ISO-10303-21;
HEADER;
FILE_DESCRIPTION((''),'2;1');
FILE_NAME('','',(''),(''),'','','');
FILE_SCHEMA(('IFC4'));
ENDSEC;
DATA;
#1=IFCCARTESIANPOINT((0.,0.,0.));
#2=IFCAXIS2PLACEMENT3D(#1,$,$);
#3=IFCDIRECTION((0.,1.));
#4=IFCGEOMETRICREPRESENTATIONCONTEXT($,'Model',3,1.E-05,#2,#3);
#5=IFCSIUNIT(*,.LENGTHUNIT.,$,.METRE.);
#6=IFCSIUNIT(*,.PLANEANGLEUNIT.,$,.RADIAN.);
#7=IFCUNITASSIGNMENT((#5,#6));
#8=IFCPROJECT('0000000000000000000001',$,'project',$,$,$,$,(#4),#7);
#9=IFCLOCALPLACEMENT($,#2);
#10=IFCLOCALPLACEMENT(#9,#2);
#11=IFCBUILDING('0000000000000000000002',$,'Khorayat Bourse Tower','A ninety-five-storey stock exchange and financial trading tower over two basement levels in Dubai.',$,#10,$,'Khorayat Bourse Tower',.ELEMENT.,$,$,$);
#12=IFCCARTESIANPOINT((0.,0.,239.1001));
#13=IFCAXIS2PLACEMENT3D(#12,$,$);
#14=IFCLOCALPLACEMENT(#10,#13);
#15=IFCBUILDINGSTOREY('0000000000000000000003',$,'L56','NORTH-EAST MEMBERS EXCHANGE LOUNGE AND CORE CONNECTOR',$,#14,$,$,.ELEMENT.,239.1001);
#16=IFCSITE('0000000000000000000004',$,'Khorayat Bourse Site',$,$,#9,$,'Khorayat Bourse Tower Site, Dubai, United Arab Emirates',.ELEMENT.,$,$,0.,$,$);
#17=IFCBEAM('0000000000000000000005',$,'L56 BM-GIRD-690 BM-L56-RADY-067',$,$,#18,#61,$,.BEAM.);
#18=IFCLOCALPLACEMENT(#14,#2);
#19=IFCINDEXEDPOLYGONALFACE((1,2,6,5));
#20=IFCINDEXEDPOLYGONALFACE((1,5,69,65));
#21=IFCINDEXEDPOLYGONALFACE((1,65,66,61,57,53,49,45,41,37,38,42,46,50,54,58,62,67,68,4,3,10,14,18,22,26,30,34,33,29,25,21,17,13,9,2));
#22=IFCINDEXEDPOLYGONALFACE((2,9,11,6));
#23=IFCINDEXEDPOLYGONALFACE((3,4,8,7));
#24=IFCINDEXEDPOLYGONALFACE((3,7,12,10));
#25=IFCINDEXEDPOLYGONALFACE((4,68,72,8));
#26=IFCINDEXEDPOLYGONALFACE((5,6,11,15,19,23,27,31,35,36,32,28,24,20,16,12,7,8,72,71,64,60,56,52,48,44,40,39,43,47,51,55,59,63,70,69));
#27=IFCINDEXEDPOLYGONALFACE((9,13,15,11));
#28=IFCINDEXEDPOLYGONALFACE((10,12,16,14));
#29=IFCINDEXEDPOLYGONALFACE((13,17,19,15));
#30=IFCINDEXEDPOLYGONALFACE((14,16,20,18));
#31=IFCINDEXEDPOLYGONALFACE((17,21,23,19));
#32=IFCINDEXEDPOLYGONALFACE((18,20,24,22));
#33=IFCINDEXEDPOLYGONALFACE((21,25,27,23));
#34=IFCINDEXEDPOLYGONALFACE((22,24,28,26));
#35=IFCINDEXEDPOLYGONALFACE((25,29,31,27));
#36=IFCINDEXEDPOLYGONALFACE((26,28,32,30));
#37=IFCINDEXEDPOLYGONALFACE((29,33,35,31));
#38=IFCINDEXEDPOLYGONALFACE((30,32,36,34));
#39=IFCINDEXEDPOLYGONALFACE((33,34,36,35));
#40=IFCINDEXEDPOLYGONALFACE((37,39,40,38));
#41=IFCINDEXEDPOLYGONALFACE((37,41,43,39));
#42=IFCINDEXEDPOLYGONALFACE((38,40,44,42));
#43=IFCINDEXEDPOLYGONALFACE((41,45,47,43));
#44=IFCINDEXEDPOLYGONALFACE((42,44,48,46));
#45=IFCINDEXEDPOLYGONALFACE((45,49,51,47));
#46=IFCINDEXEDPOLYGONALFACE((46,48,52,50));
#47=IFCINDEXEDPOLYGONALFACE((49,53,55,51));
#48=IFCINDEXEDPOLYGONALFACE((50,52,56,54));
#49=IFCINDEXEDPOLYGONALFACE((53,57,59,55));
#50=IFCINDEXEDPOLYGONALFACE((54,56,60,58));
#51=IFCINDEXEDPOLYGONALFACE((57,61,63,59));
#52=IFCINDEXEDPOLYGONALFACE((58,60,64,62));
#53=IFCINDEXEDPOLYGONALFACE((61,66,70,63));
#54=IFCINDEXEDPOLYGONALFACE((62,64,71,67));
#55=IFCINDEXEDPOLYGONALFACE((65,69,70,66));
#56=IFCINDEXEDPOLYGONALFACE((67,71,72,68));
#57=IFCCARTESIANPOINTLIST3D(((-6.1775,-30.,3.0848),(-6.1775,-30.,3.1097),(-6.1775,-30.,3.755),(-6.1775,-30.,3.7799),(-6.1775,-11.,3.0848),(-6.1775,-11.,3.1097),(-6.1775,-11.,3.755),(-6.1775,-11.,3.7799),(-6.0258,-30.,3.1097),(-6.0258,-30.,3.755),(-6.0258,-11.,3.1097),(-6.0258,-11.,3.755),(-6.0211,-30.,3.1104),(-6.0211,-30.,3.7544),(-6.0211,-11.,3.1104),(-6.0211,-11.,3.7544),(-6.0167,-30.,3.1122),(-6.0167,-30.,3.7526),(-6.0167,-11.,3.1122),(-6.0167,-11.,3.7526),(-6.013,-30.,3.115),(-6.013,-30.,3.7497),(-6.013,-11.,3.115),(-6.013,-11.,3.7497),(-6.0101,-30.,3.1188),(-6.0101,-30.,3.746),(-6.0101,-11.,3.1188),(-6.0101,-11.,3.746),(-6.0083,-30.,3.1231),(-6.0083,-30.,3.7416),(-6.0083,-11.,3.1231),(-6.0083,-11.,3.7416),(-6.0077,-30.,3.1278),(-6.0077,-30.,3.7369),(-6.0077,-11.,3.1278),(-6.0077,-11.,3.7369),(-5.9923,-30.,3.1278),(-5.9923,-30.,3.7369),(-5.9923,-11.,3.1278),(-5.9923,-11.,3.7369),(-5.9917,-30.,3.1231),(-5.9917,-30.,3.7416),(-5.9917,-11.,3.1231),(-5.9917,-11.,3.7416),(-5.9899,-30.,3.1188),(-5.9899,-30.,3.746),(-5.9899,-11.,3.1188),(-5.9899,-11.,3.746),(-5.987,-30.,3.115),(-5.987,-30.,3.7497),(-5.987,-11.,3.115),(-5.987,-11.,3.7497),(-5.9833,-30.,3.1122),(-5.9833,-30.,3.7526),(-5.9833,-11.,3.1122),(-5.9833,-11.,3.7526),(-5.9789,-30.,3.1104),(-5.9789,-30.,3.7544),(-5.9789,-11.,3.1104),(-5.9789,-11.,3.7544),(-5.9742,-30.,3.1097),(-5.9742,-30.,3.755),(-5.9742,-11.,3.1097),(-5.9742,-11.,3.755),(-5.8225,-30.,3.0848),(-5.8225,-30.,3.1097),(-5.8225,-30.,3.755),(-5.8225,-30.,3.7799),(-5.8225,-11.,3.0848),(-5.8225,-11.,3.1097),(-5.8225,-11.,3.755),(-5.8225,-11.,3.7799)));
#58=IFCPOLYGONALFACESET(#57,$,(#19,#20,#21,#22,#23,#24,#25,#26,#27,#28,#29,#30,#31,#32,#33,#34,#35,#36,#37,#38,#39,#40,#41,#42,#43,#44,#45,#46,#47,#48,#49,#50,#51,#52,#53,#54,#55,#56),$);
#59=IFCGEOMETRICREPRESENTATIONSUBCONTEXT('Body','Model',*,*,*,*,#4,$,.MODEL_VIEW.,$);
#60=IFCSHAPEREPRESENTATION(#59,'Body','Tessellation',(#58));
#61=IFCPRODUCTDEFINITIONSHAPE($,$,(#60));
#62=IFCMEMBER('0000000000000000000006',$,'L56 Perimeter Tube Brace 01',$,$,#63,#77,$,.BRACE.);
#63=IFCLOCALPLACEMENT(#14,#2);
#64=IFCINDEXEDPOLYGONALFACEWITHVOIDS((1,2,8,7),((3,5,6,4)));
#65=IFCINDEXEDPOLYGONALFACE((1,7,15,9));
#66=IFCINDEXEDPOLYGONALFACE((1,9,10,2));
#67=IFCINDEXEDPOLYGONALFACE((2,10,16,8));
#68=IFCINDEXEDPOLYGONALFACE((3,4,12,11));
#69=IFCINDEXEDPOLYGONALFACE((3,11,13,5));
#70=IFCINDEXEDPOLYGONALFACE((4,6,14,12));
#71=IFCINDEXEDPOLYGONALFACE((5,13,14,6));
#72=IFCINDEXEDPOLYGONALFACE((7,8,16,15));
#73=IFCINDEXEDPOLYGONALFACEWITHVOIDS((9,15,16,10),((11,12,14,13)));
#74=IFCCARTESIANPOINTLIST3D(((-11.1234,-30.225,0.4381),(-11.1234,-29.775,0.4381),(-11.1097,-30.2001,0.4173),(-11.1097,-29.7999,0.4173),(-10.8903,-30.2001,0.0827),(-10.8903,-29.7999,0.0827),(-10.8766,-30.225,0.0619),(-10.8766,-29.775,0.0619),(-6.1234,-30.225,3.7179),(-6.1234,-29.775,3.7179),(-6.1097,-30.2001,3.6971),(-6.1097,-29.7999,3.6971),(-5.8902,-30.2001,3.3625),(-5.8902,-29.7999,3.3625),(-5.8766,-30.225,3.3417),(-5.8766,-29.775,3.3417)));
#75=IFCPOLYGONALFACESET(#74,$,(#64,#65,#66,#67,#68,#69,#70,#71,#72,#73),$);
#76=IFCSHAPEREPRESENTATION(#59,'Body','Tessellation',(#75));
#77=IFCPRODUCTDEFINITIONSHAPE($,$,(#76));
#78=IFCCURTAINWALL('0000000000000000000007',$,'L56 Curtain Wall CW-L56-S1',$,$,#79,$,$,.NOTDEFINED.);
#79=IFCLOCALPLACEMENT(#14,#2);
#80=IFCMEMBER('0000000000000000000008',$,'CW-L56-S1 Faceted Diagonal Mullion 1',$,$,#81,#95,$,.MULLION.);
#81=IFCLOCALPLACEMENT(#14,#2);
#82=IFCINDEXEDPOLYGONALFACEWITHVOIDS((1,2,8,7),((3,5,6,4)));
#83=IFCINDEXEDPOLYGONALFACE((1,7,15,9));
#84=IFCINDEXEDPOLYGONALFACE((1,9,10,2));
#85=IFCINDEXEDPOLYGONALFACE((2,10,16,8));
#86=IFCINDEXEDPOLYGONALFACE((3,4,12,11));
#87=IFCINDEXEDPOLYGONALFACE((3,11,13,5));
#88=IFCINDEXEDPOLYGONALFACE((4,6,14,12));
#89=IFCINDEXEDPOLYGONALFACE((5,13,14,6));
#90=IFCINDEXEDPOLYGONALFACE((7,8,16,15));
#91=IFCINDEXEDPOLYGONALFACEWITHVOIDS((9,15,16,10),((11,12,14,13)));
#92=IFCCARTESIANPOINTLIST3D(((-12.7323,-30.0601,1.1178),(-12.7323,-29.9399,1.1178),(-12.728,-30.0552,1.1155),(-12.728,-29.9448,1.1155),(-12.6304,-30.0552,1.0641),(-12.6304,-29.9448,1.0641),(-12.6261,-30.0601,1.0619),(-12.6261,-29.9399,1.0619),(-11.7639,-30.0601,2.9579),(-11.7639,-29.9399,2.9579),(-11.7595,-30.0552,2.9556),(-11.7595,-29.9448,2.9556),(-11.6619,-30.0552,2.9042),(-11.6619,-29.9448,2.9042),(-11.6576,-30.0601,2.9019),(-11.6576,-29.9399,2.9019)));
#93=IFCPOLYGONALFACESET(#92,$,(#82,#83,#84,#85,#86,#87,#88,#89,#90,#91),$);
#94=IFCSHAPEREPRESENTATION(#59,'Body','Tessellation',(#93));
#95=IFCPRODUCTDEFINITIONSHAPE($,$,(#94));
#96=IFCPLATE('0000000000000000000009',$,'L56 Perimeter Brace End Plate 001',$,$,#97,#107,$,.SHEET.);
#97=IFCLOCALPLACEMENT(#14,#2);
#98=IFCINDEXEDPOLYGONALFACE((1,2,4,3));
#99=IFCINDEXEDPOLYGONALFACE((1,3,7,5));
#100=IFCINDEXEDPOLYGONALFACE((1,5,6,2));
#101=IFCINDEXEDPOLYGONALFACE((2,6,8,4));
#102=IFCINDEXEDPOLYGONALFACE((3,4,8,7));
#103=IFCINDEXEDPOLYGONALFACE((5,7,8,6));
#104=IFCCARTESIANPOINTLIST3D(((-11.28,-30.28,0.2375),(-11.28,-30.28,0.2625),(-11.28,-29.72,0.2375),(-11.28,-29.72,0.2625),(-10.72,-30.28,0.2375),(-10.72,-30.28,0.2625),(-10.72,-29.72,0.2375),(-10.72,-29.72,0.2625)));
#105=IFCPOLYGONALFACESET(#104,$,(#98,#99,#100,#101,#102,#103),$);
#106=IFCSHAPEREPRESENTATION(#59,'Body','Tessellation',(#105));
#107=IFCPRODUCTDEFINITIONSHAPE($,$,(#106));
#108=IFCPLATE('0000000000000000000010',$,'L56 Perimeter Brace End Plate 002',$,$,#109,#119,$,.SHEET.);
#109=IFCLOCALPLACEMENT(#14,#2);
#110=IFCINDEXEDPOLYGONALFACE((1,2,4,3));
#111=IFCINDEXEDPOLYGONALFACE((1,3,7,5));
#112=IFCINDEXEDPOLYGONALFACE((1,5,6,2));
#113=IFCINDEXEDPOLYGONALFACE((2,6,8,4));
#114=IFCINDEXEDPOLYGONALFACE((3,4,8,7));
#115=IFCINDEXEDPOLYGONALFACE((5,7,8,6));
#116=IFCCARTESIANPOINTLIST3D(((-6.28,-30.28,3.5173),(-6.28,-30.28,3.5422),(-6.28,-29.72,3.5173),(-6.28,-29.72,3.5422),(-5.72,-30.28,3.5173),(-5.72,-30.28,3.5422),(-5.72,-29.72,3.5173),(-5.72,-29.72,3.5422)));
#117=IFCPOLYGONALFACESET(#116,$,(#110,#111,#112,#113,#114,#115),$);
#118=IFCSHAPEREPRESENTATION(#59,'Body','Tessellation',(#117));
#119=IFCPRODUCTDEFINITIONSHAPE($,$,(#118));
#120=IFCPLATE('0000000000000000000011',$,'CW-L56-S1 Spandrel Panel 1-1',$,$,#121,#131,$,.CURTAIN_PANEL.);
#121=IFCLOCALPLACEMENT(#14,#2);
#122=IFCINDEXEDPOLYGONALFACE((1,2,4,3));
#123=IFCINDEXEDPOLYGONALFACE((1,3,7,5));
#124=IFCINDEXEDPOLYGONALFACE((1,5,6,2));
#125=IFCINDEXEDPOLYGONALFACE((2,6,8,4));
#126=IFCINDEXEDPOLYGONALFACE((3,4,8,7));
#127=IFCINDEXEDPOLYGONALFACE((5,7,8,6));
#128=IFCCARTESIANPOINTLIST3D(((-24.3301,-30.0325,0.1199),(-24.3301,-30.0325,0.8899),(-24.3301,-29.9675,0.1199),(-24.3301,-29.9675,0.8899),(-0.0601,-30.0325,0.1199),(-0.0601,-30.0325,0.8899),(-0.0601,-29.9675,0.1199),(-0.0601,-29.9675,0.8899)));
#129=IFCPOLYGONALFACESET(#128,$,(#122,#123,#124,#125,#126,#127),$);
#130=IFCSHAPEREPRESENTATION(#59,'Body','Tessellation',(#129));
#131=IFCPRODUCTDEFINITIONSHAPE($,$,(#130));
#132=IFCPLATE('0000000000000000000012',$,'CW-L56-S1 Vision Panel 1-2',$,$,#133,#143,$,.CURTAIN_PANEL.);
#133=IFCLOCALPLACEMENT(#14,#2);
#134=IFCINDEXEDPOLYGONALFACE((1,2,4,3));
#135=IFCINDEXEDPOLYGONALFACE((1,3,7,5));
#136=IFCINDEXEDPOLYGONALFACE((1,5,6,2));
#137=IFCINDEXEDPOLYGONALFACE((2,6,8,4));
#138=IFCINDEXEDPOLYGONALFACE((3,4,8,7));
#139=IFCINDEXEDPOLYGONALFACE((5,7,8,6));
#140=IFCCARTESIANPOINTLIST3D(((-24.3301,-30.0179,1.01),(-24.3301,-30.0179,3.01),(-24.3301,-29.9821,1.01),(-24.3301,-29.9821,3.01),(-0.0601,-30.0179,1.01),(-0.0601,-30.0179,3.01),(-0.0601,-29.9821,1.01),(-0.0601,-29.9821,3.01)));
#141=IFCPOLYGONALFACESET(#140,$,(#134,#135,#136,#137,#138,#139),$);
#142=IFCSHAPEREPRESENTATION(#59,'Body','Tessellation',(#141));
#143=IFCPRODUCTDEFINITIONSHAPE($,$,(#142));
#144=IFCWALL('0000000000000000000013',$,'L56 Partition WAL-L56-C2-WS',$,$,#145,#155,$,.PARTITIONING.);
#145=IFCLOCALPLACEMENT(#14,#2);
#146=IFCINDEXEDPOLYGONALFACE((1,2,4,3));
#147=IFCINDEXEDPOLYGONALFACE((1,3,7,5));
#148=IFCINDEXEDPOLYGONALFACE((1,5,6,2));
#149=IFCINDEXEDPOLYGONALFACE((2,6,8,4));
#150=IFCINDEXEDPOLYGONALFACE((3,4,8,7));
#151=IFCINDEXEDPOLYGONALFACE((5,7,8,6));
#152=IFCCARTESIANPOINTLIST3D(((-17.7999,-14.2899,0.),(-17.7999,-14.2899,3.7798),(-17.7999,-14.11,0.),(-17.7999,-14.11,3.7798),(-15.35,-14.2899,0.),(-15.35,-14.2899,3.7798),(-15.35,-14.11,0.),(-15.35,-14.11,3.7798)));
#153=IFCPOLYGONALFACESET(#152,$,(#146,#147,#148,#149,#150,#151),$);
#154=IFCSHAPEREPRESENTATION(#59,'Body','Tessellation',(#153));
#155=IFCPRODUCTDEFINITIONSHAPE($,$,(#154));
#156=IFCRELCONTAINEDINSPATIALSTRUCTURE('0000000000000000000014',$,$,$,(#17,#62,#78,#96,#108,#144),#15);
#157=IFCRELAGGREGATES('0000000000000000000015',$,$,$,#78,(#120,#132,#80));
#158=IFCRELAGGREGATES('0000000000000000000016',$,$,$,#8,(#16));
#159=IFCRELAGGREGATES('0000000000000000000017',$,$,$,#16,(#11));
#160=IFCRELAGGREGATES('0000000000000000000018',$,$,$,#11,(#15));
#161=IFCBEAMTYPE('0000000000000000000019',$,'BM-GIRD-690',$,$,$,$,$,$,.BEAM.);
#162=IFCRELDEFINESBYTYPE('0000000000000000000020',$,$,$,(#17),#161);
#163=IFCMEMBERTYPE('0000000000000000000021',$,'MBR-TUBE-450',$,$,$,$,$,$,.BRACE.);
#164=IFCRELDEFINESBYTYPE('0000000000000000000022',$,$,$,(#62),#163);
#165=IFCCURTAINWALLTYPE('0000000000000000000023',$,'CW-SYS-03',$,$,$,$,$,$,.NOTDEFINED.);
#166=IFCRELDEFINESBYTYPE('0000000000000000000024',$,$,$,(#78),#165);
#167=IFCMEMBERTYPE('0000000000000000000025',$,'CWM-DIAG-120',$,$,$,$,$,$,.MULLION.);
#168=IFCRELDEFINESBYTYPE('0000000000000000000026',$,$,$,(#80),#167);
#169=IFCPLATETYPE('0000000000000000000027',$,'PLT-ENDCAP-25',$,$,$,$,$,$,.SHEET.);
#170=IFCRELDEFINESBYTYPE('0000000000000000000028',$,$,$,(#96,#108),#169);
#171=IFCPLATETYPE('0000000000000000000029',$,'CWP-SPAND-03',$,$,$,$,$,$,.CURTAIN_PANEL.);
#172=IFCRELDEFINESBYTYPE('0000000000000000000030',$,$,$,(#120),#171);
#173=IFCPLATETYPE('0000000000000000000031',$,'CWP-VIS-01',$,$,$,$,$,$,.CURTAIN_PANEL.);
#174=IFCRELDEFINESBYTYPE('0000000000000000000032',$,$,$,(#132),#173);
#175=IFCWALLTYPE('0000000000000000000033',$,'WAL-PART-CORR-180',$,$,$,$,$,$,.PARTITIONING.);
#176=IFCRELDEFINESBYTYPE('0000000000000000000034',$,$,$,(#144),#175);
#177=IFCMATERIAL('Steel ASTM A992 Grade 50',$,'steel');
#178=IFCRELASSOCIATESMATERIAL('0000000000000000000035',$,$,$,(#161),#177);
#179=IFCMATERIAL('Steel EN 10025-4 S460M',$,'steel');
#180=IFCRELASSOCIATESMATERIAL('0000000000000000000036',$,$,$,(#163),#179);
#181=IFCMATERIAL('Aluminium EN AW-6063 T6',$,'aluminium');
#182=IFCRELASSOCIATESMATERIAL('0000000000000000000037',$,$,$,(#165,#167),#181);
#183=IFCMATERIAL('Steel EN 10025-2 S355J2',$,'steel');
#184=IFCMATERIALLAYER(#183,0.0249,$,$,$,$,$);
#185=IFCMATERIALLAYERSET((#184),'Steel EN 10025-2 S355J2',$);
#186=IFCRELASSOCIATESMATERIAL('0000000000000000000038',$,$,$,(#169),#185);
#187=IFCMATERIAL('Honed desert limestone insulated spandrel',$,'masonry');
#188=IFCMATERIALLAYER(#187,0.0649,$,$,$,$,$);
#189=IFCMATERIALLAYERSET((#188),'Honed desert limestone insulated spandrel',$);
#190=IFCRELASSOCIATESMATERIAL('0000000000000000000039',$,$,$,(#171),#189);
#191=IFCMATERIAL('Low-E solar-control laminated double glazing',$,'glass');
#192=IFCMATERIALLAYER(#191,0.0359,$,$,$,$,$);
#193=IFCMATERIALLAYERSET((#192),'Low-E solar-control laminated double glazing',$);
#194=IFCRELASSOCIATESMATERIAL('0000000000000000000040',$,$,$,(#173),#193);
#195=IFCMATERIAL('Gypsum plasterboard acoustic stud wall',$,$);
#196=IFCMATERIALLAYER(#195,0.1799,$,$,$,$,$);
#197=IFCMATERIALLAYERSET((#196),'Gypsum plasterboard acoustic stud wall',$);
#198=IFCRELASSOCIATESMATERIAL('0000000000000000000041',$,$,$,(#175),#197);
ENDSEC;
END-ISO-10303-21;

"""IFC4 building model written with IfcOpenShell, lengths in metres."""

from ifc_helpers import new_model, si_unit, direction, frame, frame_2d, origin, origin_2d, place, context, subcontext, project, spatial, rectangle, hollow_rectangle, i_section, extrude, source, transform, mapped, material, layer, layer_set, material_profile, profile_set, type_object, element, aggregate, save


model = new_model("IFC4")

# Units and contexts
model_context = context("Model", 3, precision=1e-05, world=origin(), true_north=direction((0.0, 1.0)))
body_context = subcontext(model_context, "Body", "Model", "MODEL_VIEW")
ifc_project = project(units=[si_unit("LENGTHUNIT", "METRE"), si_unit("PLANEANGLEUNIT", "RADIAN")], contexts=[model_context])

# Site, building, storey
site_placement = place(None, origin())
site = spatial("IfcSite", under=ifc_project, at=site_placement, Name="Khorayat Bourse Site", LongName="Khorayat Bourse Tower Site, Dubai, United Arab Emirates", CompositionType="ELEMENT", RefElevation=0.0)
building_placement = place(site_placement, origin())
building = spatial("IfcBuilding", under=site, at=building_placement, Name="Khorayat Bourse Tower", Description="A ninety-five-storey stock exchange and financial trading tower over two basement levels in Dubai.", LongName="Khorayat Bourse Tower", CompositionType="ELEMENT")
storey_placement = place(building_placement, frame((0.0, 0.0, 239.1001)))
storey = spatial("IfcBuildingStorey", under=building, at=storey_placement, Name="L56", Description="NORTH-EAST MEMBERS EXCHANGE LOUNGE AND CORE CONNECTOR", CompositionType="ELEMENT", Elevation=239.1001)

# Shared definitions
ifc_material_1 = material(Name="Steel EN 10025-4 S460M", Category="steel")

# Beam
ifc_material_2 = material(Name="Steel ASTM A992 Grade 50", Category="steel")
ifc_material_profile_1 = material_profile(ifc_material_2, i_section(OverallWidth=0.355, OverallDepth=0.6951, WebThickness=0.0154, FlangeThickness=0.0249, FilletRadius=0.0181, at=origin_2d()), Name="W690X217")
ifc_profile_set_1 = profile_set([ifc_material_profile_1], Name="Steel ASTM A992 Grade 50")
beam_type_1 = type_object("IfcBeamType", Name="BM-GIRD-690", PredefinedType="BEAM", material=ifc_profile_set_1)
shared_shape_1 = source(origin(), body_context, "Body", "SweptSolid", [
    extrude(i_section(OverallWidth=0.355, OverallDepth=0.6951, WebThickness=0.0154, FlangeThickness=0.0249, FilletRadius=0.0181, at=origin_2d()), origin(), (0.0, 0.0, 1.0), 19.0),
])
for number, where, z_axis, x_axis, name in (
    (1, (-6.0, -30.0, 3.4324), (0.0, 1.0, 0.0), (-1.0, 0.0, 0.0), "L56 BM-GIRD-690 BM-L56-RADY-067"),
):
    element("IfcBeam", number, at=place(storey_placement, frame(where, z_axis=z_axis, x_axis=x_axis)), inside=storey, type_object=beam_type_1, Name=name, PredefinedType="BEAM", context=body_context, shape_type="MappedRepresentation", body=[
        mapped(shared_shape_1, transform((0.0, 0.0, 0.0), scale=1.0)),
    ])

# Member
ifc_material_profile_2 = material_profile(ifc_material_1, hollow_rectangle(XDim=0.45, YDim=0.45, WallThickness=0.0249, at=origin_2d()), Name="HSS 450x450x25")
ifc_profile_set_2 = profile_set([ifc_material_profile_2], Name="Steel EN 10025-4 S460M")
member_type_1 = type_object("IfcMemberType", Name="MBR-TUBE-450", PredefinedType="BRACE", material=ifc_profile_set_2)
shared_shape_2 = source(origin(), body_context, "Body", "SweptSolid", [
    extrude(hollow_rectangle(XDim=0.45, YDim=0.45, WallThickness=0.0249, at=origin_2d()), origin(), (0.0, 0.0, 1.0), 5.9797),
])
member_1_placement = place(storey_placement, frame((-11.0, -30.0, 0.25), z_axis=(0.83616, 0.0, 0.548485), x_axis=(0.0, 1.0, 0.0)))
element("IfcMember", 2, at=member_1_placement, inside=storey, type_object=member_type_1, Name="L56 Perimeter Tube Brace 01", PredefinedType="BRACE", context=body_context, shape_type="MappedRepresentation", body=[
    mapped(shared_shape_2, transform((0.0, 0.0, 0.0), scale=1.0)),
])

# Curtain wall, member
ifc_material_3 = material(Name="Aluminium EN AW-6063 T6", Category="aluminium")
curtain_wall_type = type_object("IfcCurtainWallType", Name="CW-SYS-03", PredefinedType="NOTDEFINED", material=ifc_material_3)
curtain_wall_placement = place(storey_placement, origin())
curtain_wall = element("IfcCurtainWall", 3, at=curtain_wall_placement, inside=storey, type_object=curtain_wall_type, Name="L56 Curtain Wall CW-L56-S1", PredefinedType="NOTDEFINED")
ifc_material_profile_3 = material_profile(ifc_material_3, hollow_rectangle(XDim=0.1201, YDim=0.1201, WallThickness=0.0049, at=origin_2d()), Name="ALU 120x120x5")
ifc_profile_set_3 = profile_set([ifc_material_profile_3], Name="Aluminium EN AW-6063 T6")
member_type_2 = type_object("IfcMemberType", Name="CWM-DIAG-120", PredefinedType="MULLION", material=ifc_profile_set_3)
shared_shape_3 = source(origin(), body_context, "Body", "SweptSolid", [
    extrude(hollow_rectangle(XDim=0.1201, YDim=0.1201, WallThickness=0.0049, at=origin_2d()), origin(), (0.0, 0.0, 1.0), 2.0793),
])
member_2_placement = place(storey_placement, frame((-12.6792, -30.0, 1.0898), z_axis=(0.465761, 0.0, 0.884911), x_axis=(0.0, 1.0, 0.0)))
member_2 = element("IfcMember", 4, at=member_2_placement, type_object=member_type_2, Name="CW-L56-S1 Faceted Diagonal Mullion 1", PredefinedType="MULLION", context=body_context, shape_type="MappedRepresentation", body=[
    mapped(shared_shape_3, transform((0.0, 0.0, 0.0), scale=1.0)),
])

# Plates
ifc_material_4 = material(Name="Steel EN 10025-2 S355J2", Category="steel")
ifc_layer_1 = layer(ifc_material_4, 0.0249)
ifc_layer_set_1 = layer_set([ifc_layer_1], Name="Steel EN 10025-2 S355J2")
plate_type_1 = type_object("IfcPlateType", Name="PLT-ENDCAP-25", PredefinedType="SHEET", material=ifc_layer_set_1)
shared_shape_4 = source(origin(), body_context, "Body", "SweptSolid", [
    extrude(rectangle(XDim=0.5601, YDim=0.5601, at=origin_2d()), origin(), (0.0, 0.0, 1.0), 0.0249),
])
for number, where, z_axis, x_axis, name in (
    (5, (-11.0, -30.0, 0.2375), (0.0, 0.0, 1.0), (1.0, 0.0, 0.0), "L56 Perimeter Brace End Plate 001"),
    (6, (-6.0, -30.0, 3.5173), (0.0, 0.0, 1.0), (1.0, 0.0, 0.0), "L56 Perimeter Brace End Plate 002"),
):
    element("IfcPlate", number, at=place(storey_placement, frame(where, z_axis=z_axis, x_axis=x_axis)), inside=storey, type_object=plate_type_1, Name=name, PredefinedType="SHEET", context=body_context, shape_type="MappedRepresentation", body=[
        mapped(shared_shape_4, transform((0.0, 0.0, 0.0), scale=1.0)),
    ])

# Plates
ifc_material_5 = material(Name="Honed desert limestone insulated spandrel", Category="masonry")
ifc_layer_2 = layer(ifc_material_5, 0.0649)
ifc_layer_set_2 = layer_set([ifc_layer_2], Name="Honed desert limestone insulated spandrel")
plate_type_2 = type_object("IfcPlateType", Name="CWP-SPAND-03", PredefinedType="CURTAIN_PANEL", material=ifc_layer_set_2)
shared_shape_5 = source(origin(), body_context, "Body", "SweptSolid", [
    extrude(rectangle(XDim=24.27, YDim=0.0649, at=origin_2d()), origin(), (0.0, 0.0, 1.0), 0.77),
])
plate_1_placement = place(storey_placement, frame((-12.1951, -30.0, 0.1199), z_axis=(0.0, 0.0, 1.0), x_axis=(1.0, 0.0, 0.0)))
plate_1 = element("IfcPlate", 7, at=plate_1_placement, type_object=plate_type_2, Name="CW-L56-S1 Spandrel Panel 1-1", PredefinedType="CURTAIN_PANEL", context=body_context, shape_type="MappedRepresentation", body=[
    mapped(shared_shape_5, transform((0.0, 0.0, 0.0), scale=1.0)),
])
ifc_material_6 = material(Name="Low-E solar-control laminated double glazing", Category="glass")
ifc_layer_3 = layer(ifc_material_6, 0.0359)
ifc_layer_set_3 = layer_set([ifc_layer_3], Name="Low-E solar-control laminated double glazing")
plate_type_3 = type_object("IfcPlateType", Name="CWP-VIS-01", PredefinedType="CURTAIN_PANEL", material=ifc_layer_set_3)
shared_shape_6 = source(origin(), body_context, "Body", "SweptSolid", [
    extrude(rectangle(XDim=24.27, YDim=0.0359, at=origin_2d()), origin(), (0.0, 0.0, 1.0), 2.0),
])
plate_2_placement = place(storey_placement, frame((-12.1951, -30.0, 1.01), z_axis=(0.0, 0.0, 1.0), x_axis=(1.0, 0.0, 0.0)))
plate_2 = element("IfcPlate", 8, at=plate_2_placement, type_object=plate_type_3, Name="CW-L56-S1 Vision Panel 1-2", PredefinedType="CURTAIN_PANEL", context=body_context, shape_type="MappedRepresentation", body=[
    mapped(shared_shape_6, transform((0.0, 0.0, 0.0), scale=1.0)),
])
aggregate(curtain_wall, [plate_1, plate_2, member_2])

# Wall
ifc_material_7 = material(Name="Gypsum plasterboard acoustic stud wall")
ifc_layer_4 = layer(ifc_material_7, 0.1799)
ifc_layer_set_4 = layer_set([ifc_layer_4], Name="Gypsum plasterboard acoustic stud wall")
wall_type_1 = type_object("IfcWallType", Name="WAL-PART-CORR-180", PredefinedType="PARTITIONING", material=ifc_layer_set_4)
shared_shape_7 = source(origin(), body_context, "Body", "SweptSolid", [
    extrude(rectangle(XDim=2.45, YDim=0.1799, at=frame_2d((1.2251, 0.0))), origin(), (0.0, 0.0, 1.0), 3.7798),
])
wall_1_placement = place(storey_placement, frame((-17.8, -14.2, 0.0), z_axis=(0.0, 0.0, 1.0), x_axis=(1.0, 0.0, 0.0)))
element("IfcWall", 9, at=wall_1_placement, inside=storey, type_object=wall_type_1, Name="L56 Partition WAL-L56-C2-WS", PredefinedType="PARTITIONING", context=body_context, shape_type="MappedRepresentation", body=[
    mapped(shared_shape_7, transform((0.0, 0.0, 0.0), scale=1.0)),
])

save(model, "model.ifc")
